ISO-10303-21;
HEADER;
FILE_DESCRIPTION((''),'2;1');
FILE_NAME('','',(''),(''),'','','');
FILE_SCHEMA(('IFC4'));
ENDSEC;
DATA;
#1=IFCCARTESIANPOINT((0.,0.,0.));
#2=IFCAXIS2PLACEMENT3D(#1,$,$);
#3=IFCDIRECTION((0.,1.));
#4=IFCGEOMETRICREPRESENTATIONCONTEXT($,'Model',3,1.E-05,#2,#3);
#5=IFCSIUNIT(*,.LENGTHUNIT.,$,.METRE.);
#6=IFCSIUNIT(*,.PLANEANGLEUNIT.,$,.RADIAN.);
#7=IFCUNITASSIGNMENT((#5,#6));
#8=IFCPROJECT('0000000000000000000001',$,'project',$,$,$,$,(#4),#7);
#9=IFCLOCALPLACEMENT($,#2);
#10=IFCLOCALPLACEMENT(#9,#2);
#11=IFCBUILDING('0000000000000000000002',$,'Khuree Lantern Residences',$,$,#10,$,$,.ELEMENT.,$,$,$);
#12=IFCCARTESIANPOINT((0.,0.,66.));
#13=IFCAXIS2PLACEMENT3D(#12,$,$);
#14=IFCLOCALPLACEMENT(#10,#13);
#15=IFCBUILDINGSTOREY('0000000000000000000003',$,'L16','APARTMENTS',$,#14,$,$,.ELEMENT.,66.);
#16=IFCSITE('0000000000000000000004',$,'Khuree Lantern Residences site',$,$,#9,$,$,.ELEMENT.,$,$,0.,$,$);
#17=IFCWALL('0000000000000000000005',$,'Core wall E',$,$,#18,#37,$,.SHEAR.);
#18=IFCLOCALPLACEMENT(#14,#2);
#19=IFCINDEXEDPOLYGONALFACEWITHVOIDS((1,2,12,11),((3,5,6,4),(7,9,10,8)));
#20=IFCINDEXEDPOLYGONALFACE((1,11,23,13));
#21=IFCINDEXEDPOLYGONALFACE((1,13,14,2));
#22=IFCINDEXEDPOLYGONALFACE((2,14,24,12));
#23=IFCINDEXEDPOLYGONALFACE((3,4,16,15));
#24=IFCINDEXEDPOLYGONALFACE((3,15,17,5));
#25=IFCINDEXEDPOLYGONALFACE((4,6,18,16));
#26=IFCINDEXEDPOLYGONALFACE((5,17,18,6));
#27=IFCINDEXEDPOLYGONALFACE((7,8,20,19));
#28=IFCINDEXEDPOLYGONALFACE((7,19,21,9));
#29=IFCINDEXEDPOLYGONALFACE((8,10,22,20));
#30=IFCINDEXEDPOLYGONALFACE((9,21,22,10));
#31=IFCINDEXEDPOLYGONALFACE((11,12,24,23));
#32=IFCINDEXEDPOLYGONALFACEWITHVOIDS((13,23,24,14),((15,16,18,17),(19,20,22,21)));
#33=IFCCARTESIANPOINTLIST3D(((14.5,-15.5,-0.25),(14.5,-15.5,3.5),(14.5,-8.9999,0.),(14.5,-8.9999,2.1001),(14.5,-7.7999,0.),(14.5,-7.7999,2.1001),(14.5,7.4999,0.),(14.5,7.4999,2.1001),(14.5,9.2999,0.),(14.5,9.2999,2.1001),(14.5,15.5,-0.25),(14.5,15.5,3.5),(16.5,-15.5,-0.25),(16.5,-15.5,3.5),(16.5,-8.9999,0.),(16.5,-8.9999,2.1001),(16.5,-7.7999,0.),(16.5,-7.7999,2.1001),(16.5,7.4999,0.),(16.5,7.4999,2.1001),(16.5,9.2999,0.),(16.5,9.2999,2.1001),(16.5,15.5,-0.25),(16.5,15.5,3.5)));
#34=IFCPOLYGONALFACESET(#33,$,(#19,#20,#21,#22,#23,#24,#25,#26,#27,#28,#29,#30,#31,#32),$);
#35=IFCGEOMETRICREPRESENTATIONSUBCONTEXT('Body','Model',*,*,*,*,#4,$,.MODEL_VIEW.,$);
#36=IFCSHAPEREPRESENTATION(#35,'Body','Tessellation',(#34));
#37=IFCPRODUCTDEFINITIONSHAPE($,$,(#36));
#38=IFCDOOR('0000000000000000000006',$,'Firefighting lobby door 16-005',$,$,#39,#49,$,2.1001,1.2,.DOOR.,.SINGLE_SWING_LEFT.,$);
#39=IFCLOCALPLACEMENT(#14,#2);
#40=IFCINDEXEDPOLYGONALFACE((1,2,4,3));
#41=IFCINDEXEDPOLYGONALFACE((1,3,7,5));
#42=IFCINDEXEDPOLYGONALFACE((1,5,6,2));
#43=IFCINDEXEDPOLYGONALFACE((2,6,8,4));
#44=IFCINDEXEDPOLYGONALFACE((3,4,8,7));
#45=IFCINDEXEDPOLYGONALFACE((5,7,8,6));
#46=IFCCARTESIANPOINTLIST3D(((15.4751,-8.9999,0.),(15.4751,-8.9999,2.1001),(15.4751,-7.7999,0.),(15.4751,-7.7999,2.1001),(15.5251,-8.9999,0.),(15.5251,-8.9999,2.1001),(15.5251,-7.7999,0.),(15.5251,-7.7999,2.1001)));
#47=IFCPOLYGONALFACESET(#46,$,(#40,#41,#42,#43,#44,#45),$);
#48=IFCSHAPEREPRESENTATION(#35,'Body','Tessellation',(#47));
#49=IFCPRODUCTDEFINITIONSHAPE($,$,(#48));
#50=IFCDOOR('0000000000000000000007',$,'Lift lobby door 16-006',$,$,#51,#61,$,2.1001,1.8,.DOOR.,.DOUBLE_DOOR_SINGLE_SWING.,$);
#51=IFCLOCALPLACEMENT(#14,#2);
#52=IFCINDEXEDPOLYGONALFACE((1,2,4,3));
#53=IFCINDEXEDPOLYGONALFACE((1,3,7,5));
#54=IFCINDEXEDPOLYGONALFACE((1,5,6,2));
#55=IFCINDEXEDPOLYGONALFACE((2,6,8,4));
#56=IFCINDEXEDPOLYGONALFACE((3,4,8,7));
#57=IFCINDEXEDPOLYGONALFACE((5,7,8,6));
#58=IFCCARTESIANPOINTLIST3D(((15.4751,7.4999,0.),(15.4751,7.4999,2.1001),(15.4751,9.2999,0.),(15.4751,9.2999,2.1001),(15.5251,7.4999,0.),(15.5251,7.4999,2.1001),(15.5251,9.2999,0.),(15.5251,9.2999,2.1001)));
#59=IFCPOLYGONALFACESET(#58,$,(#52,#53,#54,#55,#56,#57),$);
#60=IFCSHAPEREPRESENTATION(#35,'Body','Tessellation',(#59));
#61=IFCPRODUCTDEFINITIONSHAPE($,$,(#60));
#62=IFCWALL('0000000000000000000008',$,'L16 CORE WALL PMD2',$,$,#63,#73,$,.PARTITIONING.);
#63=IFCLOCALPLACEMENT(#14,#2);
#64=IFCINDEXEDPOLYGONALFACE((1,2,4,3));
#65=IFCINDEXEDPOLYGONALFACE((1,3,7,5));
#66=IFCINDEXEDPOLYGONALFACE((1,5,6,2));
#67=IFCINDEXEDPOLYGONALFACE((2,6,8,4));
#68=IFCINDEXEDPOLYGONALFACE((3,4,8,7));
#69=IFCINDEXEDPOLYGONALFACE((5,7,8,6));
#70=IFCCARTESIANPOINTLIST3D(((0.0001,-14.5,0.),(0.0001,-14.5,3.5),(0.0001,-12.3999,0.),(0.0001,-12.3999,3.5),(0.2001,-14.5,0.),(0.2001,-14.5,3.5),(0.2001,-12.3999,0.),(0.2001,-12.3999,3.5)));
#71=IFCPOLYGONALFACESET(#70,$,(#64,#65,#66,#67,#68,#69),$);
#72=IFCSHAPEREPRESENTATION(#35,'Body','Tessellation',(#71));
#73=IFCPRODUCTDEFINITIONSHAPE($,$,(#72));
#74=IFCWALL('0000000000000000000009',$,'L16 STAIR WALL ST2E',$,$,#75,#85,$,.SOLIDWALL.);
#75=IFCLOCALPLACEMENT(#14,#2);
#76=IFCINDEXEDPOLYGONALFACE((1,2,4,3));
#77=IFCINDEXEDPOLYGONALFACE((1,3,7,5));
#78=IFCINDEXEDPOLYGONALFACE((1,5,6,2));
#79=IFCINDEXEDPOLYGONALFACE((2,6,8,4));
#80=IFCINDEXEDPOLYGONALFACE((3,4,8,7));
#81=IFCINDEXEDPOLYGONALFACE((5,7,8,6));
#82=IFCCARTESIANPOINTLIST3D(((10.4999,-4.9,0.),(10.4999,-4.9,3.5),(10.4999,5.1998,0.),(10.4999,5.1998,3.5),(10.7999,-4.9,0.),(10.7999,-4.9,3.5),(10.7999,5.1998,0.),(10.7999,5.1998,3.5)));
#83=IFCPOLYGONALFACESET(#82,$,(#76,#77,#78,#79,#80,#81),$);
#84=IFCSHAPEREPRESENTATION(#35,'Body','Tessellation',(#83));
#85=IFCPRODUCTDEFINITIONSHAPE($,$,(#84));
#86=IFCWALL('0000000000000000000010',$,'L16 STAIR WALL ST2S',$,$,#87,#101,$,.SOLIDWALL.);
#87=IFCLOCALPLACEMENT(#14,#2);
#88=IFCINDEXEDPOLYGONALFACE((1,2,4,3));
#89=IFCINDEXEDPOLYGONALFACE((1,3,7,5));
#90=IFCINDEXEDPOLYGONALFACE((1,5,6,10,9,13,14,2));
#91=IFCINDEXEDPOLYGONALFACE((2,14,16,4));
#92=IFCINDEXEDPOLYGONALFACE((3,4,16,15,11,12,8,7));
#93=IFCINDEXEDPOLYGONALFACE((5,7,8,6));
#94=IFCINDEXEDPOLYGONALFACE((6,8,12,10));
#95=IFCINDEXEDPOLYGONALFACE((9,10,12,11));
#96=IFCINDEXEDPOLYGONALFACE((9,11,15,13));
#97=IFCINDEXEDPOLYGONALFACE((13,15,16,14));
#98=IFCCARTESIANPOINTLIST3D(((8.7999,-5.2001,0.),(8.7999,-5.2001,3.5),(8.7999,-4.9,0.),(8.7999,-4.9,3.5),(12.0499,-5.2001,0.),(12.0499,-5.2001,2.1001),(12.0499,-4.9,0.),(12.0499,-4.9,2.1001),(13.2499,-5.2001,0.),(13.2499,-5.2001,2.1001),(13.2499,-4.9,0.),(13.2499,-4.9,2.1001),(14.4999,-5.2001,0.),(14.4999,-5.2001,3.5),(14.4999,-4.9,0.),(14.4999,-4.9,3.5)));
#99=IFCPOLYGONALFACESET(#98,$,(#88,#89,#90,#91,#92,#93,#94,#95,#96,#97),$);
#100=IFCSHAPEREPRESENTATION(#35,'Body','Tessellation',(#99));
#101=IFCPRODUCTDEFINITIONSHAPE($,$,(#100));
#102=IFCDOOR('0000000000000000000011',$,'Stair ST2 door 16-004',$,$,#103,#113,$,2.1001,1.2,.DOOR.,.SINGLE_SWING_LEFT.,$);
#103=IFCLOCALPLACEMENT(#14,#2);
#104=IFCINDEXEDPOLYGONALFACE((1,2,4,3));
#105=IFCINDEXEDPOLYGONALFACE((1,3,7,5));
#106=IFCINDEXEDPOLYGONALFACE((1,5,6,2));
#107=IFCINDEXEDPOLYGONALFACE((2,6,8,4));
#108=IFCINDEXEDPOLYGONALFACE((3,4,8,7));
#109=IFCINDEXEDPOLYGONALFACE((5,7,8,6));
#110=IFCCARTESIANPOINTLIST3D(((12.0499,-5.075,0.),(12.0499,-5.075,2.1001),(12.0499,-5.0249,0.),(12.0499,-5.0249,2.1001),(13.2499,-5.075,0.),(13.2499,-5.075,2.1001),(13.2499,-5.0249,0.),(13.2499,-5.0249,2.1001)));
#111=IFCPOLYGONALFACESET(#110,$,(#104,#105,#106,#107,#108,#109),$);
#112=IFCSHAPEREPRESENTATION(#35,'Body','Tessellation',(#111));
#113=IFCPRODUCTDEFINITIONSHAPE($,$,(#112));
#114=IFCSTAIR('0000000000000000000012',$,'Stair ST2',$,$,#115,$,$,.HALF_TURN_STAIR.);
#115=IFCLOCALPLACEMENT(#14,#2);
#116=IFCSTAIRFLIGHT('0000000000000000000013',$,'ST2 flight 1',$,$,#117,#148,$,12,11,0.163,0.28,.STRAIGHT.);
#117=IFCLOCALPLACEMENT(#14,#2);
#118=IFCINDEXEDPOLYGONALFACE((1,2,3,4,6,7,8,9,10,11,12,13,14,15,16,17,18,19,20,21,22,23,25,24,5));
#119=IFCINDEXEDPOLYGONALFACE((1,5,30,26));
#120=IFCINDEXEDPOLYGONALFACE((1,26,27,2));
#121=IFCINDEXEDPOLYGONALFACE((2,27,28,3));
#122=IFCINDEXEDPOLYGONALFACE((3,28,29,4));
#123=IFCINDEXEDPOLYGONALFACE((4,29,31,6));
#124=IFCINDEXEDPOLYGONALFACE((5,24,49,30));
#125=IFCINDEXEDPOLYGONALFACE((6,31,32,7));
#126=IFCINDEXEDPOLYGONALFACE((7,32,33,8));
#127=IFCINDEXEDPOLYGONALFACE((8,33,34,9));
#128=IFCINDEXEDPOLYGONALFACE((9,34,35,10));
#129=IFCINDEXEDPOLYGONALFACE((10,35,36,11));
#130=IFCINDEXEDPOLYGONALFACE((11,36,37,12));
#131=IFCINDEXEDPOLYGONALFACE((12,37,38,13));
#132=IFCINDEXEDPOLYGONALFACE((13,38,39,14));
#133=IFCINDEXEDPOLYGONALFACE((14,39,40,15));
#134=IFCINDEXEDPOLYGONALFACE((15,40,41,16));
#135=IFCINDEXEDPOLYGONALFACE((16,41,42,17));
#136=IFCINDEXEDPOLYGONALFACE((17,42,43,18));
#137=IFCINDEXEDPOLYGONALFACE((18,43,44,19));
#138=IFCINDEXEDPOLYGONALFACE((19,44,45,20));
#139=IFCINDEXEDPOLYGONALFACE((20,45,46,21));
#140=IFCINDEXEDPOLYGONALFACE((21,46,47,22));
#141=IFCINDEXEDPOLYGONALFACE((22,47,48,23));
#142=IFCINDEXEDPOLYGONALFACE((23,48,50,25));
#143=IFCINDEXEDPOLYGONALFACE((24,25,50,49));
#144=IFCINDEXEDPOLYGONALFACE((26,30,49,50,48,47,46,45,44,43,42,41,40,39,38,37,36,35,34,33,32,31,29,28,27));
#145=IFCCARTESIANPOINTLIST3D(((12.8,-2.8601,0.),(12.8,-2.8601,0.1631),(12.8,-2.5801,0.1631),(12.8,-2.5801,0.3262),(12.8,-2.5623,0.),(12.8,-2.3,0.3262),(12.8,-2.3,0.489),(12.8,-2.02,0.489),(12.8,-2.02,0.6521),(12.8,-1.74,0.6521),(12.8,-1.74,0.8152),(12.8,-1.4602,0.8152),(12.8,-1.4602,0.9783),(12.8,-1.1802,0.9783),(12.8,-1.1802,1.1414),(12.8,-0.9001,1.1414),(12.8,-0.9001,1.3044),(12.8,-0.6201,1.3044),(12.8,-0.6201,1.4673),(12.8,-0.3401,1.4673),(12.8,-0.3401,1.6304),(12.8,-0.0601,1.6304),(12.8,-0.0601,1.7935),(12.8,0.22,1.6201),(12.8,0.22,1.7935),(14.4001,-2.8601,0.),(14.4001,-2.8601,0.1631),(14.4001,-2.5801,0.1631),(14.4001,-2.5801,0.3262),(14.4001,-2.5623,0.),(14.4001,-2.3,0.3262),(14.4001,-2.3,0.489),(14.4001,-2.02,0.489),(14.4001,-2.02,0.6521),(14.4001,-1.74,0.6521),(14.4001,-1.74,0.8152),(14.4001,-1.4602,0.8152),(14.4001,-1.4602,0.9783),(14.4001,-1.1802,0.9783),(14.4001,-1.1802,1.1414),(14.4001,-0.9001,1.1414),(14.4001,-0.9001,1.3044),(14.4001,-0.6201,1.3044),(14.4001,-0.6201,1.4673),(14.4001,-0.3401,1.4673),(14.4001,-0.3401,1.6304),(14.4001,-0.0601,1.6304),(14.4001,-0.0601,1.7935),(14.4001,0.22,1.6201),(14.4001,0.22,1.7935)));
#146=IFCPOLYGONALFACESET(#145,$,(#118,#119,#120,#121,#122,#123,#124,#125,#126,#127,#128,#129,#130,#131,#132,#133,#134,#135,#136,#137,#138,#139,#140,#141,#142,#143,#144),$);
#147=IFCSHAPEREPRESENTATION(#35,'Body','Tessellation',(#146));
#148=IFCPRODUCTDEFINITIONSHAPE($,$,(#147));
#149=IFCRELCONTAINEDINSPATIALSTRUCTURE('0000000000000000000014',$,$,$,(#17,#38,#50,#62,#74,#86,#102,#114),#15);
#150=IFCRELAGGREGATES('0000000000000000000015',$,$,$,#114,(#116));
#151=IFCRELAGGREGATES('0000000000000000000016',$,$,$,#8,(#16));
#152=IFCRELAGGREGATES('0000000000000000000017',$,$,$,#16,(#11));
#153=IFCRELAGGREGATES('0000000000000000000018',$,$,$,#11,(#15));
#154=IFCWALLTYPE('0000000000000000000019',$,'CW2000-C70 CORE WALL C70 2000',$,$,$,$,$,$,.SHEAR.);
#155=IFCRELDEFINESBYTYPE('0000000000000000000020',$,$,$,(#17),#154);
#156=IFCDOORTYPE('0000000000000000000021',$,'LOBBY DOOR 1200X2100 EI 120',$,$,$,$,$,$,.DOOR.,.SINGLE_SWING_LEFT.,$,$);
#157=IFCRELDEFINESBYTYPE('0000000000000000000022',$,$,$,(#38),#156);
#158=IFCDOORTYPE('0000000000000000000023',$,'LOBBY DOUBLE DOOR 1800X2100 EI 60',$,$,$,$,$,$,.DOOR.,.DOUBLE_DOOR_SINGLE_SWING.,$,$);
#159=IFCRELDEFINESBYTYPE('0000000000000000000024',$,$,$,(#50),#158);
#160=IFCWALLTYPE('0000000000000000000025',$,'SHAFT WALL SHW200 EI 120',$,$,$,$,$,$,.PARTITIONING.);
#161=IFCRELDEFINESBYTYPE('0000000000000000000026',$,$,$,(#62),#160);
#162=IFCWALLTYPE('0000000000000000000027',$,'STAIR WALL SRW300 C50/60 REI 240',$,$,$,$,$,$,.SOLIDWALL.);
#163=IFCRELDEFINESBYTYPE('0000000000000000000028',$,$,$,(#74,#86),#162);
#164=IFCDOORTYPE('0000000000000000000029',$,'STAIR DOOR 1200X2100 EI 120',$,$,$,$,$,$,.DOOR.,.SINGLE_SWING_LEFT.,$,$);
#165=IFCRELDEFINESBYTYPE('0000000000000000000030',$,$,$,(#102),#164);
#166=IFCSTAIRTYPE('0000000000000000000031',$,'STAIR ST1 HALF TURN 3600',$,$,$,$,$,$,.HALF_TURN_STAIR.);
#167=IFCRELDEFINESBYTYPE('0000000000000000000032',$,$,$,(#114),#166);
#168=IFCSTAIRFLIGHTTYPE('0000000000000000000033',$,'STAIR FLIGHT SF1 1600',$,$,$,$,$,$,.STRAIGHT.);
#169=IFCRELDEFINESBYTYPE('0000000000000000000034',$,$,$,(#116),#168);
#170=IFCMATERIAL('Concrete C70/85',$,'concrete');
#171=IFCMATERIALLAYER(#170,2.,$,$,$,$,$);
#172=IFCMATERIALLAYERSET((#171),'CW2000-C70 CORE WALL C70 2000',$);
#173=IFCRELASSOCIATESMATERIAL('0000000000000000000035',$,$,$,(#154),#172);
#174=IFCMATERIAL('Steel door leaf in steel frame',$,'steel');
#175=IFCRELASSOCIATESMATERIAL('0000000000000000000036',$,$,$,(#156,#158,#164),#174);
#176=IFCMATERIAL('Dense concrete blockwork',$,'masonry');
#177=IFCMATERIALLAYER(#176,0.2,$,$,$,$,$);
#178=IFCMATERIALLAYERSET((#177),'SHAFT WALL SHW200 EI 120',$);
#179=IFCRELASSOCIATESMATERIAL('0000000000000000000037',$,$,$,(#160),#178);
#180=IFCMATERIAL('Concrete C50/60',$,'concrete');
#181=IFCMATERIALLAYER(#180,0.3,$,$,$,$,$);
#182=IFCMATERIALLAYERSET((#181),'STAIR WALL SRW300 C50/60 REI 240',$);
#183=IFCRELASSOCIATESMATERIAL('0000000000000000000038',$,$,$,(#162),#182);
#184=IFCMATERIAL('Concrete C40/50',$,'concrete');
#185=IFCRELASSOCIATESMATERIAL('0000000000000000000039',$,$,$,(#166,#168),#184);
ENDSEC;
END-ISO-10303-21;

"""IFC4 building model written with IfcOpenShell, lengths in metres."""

from ifc_helpers import new_model, si_unit, direction, frame, frame_2d, origin, place, context, subcontext, project, spatial, polyline, rectangle, outline, extrude, material, layer, layer_set, type_object, element, fill, aggregate, save


model = new_model("IFC4")

# Units and contexts
model_context = context("Model", 3, precision=1e-05, world=origin(), true_north=direction((0.0, 1.0)))
body_context = subcontext(model_context, "Body", "Model", "MODEL_VIEW")
ifc_project = project(units=[si_unit("LENGTHUNIT", "METRE"), si_unit("PLANEANGLEUNIT", "RADIAN")], contexts=[model_context])

# Site, building, storey
site_placement = place(None, origin())
site = spatial("IfcSite", under=ifc_project, at=site_placement, Name="Khuree Lantern Residences site", CompositionType="ELEMENT", RefElevation=0.0)
building_placement = place(site_placement, origin())
building = spatial("IfcBuilding", under=site, at=building_placement, Name="Khuree Lantern Residences", CompositionType="ELEMENT")
storey_placement = place(building_placement, frame((0.0, 0.0, 66.0)))
storey = spatial("IfcBuildingStorey", under=building, at=storey_placement, Name="L16", Description="APARTMENTS", CompositionType="ELEMENT", Elevation=66.0)

# Shared definitions
ifc_material_1 = material(Name="Concrete C70/85", Category="concrete")

# Shared definitions
ifc_material_2 = material(Name="Dense concrete blockwork", Category="masonry")

# Wall, openings, doors
ifc_layer_1 = layer(ifc_material_1, 2.0)
ifc_layer_set_1 = layer_set([ifc_layer_1], Name="CW2000-C70 CORE WALL C70 2000")
wall_type_1 = type_object("IfcWallType", Name="CW2000-C70 CORE WALL C70 2000", PredefinedType="SHEAR", material=ifc_layer_set_1)
wall_1_placement = place(storey_placement, frame((15.5, -15.5, -0.25), z_axis=(0.0, 0.0, 1.0), x_axis=(0.0, 1.0, 0.0)))
wall_1 = element("IfcWall", 1, at=wall_1_placement, inside=storey, type_object=wall_type_1, Name="Core wall E", PredefinedType="SHEAR", context=body_context, shape_type="SweptSolid", body=[
    extrude(rectangle(XDim=31.0, YDim=2.0, at=frame_2d((15.5, 0.0))), origin(), (0.0, 0.0, 1.0), 3.75),
])
opening_1_placement = place(wall_1_placement, frame((6.5, 0.0, 0.25)))
opening_1 = element("IfcOpeningElement", 2, at=opening_1_placement, cuts=wall_1, PredefinedType="OPENING", context=body_context, shape_type="SweptSolid", body=[
    extrude(rectangle(XDim=1.2, YDim=2.1001, at=frame_2d((0.6001, 1.05))), frame((0.0, 1.01, 0.0), z_axis=(0.0, -1.0, 0.0), x_axis=(1.0, 0.0, 0.0)), (0.0, 0.0, 1.0), 2.02),
])
opening_2_placement = place(wall_1_placement, frame((23.0, 0.0, 0.25)))
opening_2 = element("IfcOpeningElement", 3, at=opening_2_placement, cuts=wall_1, PredefinedType="OPENING", context=body_context, shape_type="SweptSolid", body=[
    extrude(rectangle(XDim=1.8, YDim=2.1001, at=frame_2d((0.8999, 1.05))), frame((0.0, 1.01, 0.0), z_axis=(0.0, -1.0, 0.0), x_axis=(1.0, 0.0, 0.0)), (0.0, 0.0, 1.0), 2.02),
])
ifc_material_3 = material(Name="Steel door leaf in steel frame", Category="steel")
door_type_1 = type_object("IfcDoorType", Name="LOBBY DOOR 1200X2100 EI 120", OperationType="SINGLE_SWING_LEFT", PredefinedType="DOOR", material=ifc_material_3)
door_1_placement = place(opening_1_placement, origin())
door_1 = element("IfcDoor", 4, at=door_1_placement, inside=storey, type_object=door_type_1, Name="Firefighting lobby door 16-005", OperationType="SINGLE_SWING_LEFT", OverallHeight=2.1001, OverallWidth=1.2, PredefinedType="DOOR", context=body_context, shape_type="SweptSolid", body=[
    extrude(rectangle(XDim=1.2, YDim=2.1001, at=frame_2d((0.6001, 1.05))), frame((0.0, 0.0249, 0.0), z_axis=(0.0, -1.0, 0.0), x_axis=(1.0, 0.0, 0.0)), (0.0, 0.0, 1.0), 0.05),
])
fill(opening_1, door_1)
door_type_2 = type_object("IfcDoorType", Name="LOBBY DOUBLE DOOR 1800X2100 EI 60", OperationType="DOUBLE_DOOR_SINGLE_SWING", PredefinedType="DOOR", material=ifc_material_3)
door_2_placement = place(opening_2_placement, origin())
door_2 = element("IfcDoor", 5, at=door_2_placement, inside=storey, type_object=door_type_2, Name="Lift lobby door 16-006", OperationType="DOUBLE_DOOR_SINGLE_SWING", OverallHeight=2.1001, OverallWidth=1.8, PredefinedType="DOOR", context=body_context, shape_type="SweptSolid", body=[
    extrude(rectangle(XDim=1.8, YDim=2.1001, at=frame_2d((0.8999, 1.05))), frame((0.0, 0.0249, 0.0), z_axis=(0.0, -1.0, 0.0), x_axis=(1.0, 0.0, 0.0)), (0.0, 0.0, 1.0), 0.05),
])
fill(opening_2, door_2)

# Walls
ifc_layer_2 = layer(ifc_material_2, 0.2)
ifc_layer_set_2 = layer_set([ifc_layer_2], Name="SHAFT WALL SHW200 EI 120")
wall_type_2 = type_object("IfcWallType", Name="SHAFT WALL SHW200 EI 120", PredefinedType="PARTITIONING", material=ifc_layer_set_2)
wall_2_placement = place(storey_placement, frame((0.1001, -14.5, 0.0), z_axis=(0.0, 0.0, 1.0), x_axis=(0.0, 1.0, 0.0)))
element("IfcWall", 6, at=wall_2_placement, inside=storey, type_object=wall_type_2, Name="L16 CORE WALL PMD2", PredefinedType="PARTITIONING", context=body_context, shape_type="SweptSolid", body=[
    extrude(rectangle(XDim=2.1001, YDim=0.2, at=frame_2d((1.05, 0.0))), origin(), (0.0, 0.0, 1.0), 3.5),
])
ifc_material_4 = material(Name="Concrete C50/60", Category="concrete")
ifc_layer_3 = layer(ifc_material_4, 0.3)
ifc_layer_set_3 = layer_set([ifc_layer_3], Name="STAIR WALL SRW300 C50/60 REI 240")
wall_type_3 = type_object("IfcWallType", Name="STAIR WALL SRW300 C50/60 REI 240", PredefinedType="SOLIDWALL", material=ifc_layer_set_3)
wall_3_placement = place(storey_placement, frame((10.6499, -4.8999, 0.0), z_axis=(0.0, 0.0, 1.0), x_axis=(0.0, 1.0, 0.0)))
element("IfcWall", 7, at=wall_3_placement, inside=storey, type_object=wall_type_3, Name="L16 STAIR WALL ST2E", PredefinedType="SOLIDWALL", context=body_context, shape_type="SweptSolid", body=[
    extrude(rectangle(XDim=10.0999, YDim=0.3, at=frame_2d((5.0498, 0.0))), origin(), (0.0, 0.0, 1.0), 3.5),
])

# Wall, opening, door
wall_4_placement = place(storey_placement, frame((14.5, -5.05, 0.0), z_axis=(0.0, 0.0, 1.0), x_axis=(-1.0, 0.0, 0.0)))
wall_4 = element("IfcWall", 8, at=wall_4_placement, inside=storey, type_object=wall_type_3, Name="L16 STAIR WALL ST2S", PredefinedType="SOLIDWALL", context=body_context, shape_type="SweptSolid", body=[
    extrude(rectangle(XDim=5.7, YDim=0.3, at=frame_2d((2.8501, 0.0))), origin(), (0.0, 0.0, 1.0), 3.5),
])
opening_3_placement = place(wall_4_placement, frame((1.25, 0.0, 0.0)))
opening_3 = element("IfcOpeningElement", 9, at=opening_3_placement, cuts=wall_4, PredefinedType="OPENING", context=body_context, shape_type="SweptSolid", body=[
    extrude(rectangle(XDim=1.2, YDim=2.1001, at=frame_2d((0.6001, 1.05))), frame((0.0, 0.1602, 0.0), z_axis=(0.0, -1.0, 0.0), x_axis=(1.0, 0.0, 0.0)), (0.0, 0.0, 1.0), 0.3201),
])
door_type_3 = type_object("IfcDoorType", Name="STAIR DOOR 1200X2100 EI 120", OperationType="SINGLE_SWING_LEFT", PredefinedType="DOOR", material=ifc_material_3)
door_3_placement = place(opening_3_placement, origin())
door_3 = element("IfcDoor", 10, at=door_3_placement, inside=storey, type_object=door_type_3, Name="Stair ST2 door 16-004", OperationType="SINGLE_SWING_LEFT", OverallHeight=2.1001, OverallWidth=1.2, PredefinedType="DOOR", context=body_context, shape_type="SweptSolid", body=[
    extrude(rectangle(XDim=1.2, YDim=2.1001, at=frame_2d((0.6001, 1.05))), frame((0.0, 0.0249, 0.0), z_axis=(0.0, -1.0, 0.0), x_axis=(1.0, 0.0, 0.0)), (0.0, 0.0, 1.0), 0.05),
])
fill(opening_3, door_3)

# Stair, stair flight
ifc_material_5 = material(Name="Concrete C40/50", Category="concrete")
stair_type = type_object("IfcStairType", Name="STAIR ST1 HALF TURN 3600", PredefinedType="HALF_TURN_STAIR", material=ifc_material_5)
stair_placement = place(storey_placement, origin())
stair = element("IfcStair", 11, at=stair_placement, inside=storey, type_object=stair_type, Name="Stair ST2", PredefinedType="HALF_TURN_STAIR")
stair_flight_type = type_object("IfcStairFlightType", Name="STAIR FLIGHT SF1 1600", PredefinedType="STRAIGHT", material=ifc_material_5)
stair_flight_placement = place(storey_placement, frame((13.6001, -2.8601, 0.0), z_axis=(0.0, 0.0, 1.0), x_axis=(0.0, 1.0, 0.0)))
stair_flight = element("IfcStairFlight", 12, at=stair_flight_placement, type_object=stair_flight_type, Name="ST2 flight 1", NumberOfRisers=12, NumberOfTreads=11, PredefinedType="STRAIGHT", RiserHeight=0.163, TreadLength=0.28, context=body_context, shape_type="SweptSolid", body=[
    extrude(outline(polyline([(0.0, 0.0), (0.0, 0.1631), (0.28, 0.1631), (0.28, 0.3262), (0.5601, 0.3262), (0.5601, 0.489), (0.8401, 0.489), (0.8401, 0.6521), (1.1201, 0.6521), (1.1201, 0.8152), (1.3999, 0.8152), (1.3999, 0.9783), (1.6799, 0.9783), (1.6799, 1.1414), (1.96, 1.1414), (1.96, 1.3044), (2.24, 1.3044), (2.24, 1.4673), (2.52, 1.4673), (2.52, 1.6304), (2.8, 1.6304), (2.8, 1.7935), (3.0801, 1.7935), (3.0801, 1.9565), (3.0801, 1.6201), (0.2979, 0.0), (0.0, 0.0)])), frame((0.0, 0.8, 0.0), z_axis=(0.0, -1.0, 0.0), x_axis=(1.0, 0.0, 0.0)), (0.0, 0.0, 1.0), 1.6001),
])
aggregate(stair, [stair_flight])

save(model, "model.ifc")
